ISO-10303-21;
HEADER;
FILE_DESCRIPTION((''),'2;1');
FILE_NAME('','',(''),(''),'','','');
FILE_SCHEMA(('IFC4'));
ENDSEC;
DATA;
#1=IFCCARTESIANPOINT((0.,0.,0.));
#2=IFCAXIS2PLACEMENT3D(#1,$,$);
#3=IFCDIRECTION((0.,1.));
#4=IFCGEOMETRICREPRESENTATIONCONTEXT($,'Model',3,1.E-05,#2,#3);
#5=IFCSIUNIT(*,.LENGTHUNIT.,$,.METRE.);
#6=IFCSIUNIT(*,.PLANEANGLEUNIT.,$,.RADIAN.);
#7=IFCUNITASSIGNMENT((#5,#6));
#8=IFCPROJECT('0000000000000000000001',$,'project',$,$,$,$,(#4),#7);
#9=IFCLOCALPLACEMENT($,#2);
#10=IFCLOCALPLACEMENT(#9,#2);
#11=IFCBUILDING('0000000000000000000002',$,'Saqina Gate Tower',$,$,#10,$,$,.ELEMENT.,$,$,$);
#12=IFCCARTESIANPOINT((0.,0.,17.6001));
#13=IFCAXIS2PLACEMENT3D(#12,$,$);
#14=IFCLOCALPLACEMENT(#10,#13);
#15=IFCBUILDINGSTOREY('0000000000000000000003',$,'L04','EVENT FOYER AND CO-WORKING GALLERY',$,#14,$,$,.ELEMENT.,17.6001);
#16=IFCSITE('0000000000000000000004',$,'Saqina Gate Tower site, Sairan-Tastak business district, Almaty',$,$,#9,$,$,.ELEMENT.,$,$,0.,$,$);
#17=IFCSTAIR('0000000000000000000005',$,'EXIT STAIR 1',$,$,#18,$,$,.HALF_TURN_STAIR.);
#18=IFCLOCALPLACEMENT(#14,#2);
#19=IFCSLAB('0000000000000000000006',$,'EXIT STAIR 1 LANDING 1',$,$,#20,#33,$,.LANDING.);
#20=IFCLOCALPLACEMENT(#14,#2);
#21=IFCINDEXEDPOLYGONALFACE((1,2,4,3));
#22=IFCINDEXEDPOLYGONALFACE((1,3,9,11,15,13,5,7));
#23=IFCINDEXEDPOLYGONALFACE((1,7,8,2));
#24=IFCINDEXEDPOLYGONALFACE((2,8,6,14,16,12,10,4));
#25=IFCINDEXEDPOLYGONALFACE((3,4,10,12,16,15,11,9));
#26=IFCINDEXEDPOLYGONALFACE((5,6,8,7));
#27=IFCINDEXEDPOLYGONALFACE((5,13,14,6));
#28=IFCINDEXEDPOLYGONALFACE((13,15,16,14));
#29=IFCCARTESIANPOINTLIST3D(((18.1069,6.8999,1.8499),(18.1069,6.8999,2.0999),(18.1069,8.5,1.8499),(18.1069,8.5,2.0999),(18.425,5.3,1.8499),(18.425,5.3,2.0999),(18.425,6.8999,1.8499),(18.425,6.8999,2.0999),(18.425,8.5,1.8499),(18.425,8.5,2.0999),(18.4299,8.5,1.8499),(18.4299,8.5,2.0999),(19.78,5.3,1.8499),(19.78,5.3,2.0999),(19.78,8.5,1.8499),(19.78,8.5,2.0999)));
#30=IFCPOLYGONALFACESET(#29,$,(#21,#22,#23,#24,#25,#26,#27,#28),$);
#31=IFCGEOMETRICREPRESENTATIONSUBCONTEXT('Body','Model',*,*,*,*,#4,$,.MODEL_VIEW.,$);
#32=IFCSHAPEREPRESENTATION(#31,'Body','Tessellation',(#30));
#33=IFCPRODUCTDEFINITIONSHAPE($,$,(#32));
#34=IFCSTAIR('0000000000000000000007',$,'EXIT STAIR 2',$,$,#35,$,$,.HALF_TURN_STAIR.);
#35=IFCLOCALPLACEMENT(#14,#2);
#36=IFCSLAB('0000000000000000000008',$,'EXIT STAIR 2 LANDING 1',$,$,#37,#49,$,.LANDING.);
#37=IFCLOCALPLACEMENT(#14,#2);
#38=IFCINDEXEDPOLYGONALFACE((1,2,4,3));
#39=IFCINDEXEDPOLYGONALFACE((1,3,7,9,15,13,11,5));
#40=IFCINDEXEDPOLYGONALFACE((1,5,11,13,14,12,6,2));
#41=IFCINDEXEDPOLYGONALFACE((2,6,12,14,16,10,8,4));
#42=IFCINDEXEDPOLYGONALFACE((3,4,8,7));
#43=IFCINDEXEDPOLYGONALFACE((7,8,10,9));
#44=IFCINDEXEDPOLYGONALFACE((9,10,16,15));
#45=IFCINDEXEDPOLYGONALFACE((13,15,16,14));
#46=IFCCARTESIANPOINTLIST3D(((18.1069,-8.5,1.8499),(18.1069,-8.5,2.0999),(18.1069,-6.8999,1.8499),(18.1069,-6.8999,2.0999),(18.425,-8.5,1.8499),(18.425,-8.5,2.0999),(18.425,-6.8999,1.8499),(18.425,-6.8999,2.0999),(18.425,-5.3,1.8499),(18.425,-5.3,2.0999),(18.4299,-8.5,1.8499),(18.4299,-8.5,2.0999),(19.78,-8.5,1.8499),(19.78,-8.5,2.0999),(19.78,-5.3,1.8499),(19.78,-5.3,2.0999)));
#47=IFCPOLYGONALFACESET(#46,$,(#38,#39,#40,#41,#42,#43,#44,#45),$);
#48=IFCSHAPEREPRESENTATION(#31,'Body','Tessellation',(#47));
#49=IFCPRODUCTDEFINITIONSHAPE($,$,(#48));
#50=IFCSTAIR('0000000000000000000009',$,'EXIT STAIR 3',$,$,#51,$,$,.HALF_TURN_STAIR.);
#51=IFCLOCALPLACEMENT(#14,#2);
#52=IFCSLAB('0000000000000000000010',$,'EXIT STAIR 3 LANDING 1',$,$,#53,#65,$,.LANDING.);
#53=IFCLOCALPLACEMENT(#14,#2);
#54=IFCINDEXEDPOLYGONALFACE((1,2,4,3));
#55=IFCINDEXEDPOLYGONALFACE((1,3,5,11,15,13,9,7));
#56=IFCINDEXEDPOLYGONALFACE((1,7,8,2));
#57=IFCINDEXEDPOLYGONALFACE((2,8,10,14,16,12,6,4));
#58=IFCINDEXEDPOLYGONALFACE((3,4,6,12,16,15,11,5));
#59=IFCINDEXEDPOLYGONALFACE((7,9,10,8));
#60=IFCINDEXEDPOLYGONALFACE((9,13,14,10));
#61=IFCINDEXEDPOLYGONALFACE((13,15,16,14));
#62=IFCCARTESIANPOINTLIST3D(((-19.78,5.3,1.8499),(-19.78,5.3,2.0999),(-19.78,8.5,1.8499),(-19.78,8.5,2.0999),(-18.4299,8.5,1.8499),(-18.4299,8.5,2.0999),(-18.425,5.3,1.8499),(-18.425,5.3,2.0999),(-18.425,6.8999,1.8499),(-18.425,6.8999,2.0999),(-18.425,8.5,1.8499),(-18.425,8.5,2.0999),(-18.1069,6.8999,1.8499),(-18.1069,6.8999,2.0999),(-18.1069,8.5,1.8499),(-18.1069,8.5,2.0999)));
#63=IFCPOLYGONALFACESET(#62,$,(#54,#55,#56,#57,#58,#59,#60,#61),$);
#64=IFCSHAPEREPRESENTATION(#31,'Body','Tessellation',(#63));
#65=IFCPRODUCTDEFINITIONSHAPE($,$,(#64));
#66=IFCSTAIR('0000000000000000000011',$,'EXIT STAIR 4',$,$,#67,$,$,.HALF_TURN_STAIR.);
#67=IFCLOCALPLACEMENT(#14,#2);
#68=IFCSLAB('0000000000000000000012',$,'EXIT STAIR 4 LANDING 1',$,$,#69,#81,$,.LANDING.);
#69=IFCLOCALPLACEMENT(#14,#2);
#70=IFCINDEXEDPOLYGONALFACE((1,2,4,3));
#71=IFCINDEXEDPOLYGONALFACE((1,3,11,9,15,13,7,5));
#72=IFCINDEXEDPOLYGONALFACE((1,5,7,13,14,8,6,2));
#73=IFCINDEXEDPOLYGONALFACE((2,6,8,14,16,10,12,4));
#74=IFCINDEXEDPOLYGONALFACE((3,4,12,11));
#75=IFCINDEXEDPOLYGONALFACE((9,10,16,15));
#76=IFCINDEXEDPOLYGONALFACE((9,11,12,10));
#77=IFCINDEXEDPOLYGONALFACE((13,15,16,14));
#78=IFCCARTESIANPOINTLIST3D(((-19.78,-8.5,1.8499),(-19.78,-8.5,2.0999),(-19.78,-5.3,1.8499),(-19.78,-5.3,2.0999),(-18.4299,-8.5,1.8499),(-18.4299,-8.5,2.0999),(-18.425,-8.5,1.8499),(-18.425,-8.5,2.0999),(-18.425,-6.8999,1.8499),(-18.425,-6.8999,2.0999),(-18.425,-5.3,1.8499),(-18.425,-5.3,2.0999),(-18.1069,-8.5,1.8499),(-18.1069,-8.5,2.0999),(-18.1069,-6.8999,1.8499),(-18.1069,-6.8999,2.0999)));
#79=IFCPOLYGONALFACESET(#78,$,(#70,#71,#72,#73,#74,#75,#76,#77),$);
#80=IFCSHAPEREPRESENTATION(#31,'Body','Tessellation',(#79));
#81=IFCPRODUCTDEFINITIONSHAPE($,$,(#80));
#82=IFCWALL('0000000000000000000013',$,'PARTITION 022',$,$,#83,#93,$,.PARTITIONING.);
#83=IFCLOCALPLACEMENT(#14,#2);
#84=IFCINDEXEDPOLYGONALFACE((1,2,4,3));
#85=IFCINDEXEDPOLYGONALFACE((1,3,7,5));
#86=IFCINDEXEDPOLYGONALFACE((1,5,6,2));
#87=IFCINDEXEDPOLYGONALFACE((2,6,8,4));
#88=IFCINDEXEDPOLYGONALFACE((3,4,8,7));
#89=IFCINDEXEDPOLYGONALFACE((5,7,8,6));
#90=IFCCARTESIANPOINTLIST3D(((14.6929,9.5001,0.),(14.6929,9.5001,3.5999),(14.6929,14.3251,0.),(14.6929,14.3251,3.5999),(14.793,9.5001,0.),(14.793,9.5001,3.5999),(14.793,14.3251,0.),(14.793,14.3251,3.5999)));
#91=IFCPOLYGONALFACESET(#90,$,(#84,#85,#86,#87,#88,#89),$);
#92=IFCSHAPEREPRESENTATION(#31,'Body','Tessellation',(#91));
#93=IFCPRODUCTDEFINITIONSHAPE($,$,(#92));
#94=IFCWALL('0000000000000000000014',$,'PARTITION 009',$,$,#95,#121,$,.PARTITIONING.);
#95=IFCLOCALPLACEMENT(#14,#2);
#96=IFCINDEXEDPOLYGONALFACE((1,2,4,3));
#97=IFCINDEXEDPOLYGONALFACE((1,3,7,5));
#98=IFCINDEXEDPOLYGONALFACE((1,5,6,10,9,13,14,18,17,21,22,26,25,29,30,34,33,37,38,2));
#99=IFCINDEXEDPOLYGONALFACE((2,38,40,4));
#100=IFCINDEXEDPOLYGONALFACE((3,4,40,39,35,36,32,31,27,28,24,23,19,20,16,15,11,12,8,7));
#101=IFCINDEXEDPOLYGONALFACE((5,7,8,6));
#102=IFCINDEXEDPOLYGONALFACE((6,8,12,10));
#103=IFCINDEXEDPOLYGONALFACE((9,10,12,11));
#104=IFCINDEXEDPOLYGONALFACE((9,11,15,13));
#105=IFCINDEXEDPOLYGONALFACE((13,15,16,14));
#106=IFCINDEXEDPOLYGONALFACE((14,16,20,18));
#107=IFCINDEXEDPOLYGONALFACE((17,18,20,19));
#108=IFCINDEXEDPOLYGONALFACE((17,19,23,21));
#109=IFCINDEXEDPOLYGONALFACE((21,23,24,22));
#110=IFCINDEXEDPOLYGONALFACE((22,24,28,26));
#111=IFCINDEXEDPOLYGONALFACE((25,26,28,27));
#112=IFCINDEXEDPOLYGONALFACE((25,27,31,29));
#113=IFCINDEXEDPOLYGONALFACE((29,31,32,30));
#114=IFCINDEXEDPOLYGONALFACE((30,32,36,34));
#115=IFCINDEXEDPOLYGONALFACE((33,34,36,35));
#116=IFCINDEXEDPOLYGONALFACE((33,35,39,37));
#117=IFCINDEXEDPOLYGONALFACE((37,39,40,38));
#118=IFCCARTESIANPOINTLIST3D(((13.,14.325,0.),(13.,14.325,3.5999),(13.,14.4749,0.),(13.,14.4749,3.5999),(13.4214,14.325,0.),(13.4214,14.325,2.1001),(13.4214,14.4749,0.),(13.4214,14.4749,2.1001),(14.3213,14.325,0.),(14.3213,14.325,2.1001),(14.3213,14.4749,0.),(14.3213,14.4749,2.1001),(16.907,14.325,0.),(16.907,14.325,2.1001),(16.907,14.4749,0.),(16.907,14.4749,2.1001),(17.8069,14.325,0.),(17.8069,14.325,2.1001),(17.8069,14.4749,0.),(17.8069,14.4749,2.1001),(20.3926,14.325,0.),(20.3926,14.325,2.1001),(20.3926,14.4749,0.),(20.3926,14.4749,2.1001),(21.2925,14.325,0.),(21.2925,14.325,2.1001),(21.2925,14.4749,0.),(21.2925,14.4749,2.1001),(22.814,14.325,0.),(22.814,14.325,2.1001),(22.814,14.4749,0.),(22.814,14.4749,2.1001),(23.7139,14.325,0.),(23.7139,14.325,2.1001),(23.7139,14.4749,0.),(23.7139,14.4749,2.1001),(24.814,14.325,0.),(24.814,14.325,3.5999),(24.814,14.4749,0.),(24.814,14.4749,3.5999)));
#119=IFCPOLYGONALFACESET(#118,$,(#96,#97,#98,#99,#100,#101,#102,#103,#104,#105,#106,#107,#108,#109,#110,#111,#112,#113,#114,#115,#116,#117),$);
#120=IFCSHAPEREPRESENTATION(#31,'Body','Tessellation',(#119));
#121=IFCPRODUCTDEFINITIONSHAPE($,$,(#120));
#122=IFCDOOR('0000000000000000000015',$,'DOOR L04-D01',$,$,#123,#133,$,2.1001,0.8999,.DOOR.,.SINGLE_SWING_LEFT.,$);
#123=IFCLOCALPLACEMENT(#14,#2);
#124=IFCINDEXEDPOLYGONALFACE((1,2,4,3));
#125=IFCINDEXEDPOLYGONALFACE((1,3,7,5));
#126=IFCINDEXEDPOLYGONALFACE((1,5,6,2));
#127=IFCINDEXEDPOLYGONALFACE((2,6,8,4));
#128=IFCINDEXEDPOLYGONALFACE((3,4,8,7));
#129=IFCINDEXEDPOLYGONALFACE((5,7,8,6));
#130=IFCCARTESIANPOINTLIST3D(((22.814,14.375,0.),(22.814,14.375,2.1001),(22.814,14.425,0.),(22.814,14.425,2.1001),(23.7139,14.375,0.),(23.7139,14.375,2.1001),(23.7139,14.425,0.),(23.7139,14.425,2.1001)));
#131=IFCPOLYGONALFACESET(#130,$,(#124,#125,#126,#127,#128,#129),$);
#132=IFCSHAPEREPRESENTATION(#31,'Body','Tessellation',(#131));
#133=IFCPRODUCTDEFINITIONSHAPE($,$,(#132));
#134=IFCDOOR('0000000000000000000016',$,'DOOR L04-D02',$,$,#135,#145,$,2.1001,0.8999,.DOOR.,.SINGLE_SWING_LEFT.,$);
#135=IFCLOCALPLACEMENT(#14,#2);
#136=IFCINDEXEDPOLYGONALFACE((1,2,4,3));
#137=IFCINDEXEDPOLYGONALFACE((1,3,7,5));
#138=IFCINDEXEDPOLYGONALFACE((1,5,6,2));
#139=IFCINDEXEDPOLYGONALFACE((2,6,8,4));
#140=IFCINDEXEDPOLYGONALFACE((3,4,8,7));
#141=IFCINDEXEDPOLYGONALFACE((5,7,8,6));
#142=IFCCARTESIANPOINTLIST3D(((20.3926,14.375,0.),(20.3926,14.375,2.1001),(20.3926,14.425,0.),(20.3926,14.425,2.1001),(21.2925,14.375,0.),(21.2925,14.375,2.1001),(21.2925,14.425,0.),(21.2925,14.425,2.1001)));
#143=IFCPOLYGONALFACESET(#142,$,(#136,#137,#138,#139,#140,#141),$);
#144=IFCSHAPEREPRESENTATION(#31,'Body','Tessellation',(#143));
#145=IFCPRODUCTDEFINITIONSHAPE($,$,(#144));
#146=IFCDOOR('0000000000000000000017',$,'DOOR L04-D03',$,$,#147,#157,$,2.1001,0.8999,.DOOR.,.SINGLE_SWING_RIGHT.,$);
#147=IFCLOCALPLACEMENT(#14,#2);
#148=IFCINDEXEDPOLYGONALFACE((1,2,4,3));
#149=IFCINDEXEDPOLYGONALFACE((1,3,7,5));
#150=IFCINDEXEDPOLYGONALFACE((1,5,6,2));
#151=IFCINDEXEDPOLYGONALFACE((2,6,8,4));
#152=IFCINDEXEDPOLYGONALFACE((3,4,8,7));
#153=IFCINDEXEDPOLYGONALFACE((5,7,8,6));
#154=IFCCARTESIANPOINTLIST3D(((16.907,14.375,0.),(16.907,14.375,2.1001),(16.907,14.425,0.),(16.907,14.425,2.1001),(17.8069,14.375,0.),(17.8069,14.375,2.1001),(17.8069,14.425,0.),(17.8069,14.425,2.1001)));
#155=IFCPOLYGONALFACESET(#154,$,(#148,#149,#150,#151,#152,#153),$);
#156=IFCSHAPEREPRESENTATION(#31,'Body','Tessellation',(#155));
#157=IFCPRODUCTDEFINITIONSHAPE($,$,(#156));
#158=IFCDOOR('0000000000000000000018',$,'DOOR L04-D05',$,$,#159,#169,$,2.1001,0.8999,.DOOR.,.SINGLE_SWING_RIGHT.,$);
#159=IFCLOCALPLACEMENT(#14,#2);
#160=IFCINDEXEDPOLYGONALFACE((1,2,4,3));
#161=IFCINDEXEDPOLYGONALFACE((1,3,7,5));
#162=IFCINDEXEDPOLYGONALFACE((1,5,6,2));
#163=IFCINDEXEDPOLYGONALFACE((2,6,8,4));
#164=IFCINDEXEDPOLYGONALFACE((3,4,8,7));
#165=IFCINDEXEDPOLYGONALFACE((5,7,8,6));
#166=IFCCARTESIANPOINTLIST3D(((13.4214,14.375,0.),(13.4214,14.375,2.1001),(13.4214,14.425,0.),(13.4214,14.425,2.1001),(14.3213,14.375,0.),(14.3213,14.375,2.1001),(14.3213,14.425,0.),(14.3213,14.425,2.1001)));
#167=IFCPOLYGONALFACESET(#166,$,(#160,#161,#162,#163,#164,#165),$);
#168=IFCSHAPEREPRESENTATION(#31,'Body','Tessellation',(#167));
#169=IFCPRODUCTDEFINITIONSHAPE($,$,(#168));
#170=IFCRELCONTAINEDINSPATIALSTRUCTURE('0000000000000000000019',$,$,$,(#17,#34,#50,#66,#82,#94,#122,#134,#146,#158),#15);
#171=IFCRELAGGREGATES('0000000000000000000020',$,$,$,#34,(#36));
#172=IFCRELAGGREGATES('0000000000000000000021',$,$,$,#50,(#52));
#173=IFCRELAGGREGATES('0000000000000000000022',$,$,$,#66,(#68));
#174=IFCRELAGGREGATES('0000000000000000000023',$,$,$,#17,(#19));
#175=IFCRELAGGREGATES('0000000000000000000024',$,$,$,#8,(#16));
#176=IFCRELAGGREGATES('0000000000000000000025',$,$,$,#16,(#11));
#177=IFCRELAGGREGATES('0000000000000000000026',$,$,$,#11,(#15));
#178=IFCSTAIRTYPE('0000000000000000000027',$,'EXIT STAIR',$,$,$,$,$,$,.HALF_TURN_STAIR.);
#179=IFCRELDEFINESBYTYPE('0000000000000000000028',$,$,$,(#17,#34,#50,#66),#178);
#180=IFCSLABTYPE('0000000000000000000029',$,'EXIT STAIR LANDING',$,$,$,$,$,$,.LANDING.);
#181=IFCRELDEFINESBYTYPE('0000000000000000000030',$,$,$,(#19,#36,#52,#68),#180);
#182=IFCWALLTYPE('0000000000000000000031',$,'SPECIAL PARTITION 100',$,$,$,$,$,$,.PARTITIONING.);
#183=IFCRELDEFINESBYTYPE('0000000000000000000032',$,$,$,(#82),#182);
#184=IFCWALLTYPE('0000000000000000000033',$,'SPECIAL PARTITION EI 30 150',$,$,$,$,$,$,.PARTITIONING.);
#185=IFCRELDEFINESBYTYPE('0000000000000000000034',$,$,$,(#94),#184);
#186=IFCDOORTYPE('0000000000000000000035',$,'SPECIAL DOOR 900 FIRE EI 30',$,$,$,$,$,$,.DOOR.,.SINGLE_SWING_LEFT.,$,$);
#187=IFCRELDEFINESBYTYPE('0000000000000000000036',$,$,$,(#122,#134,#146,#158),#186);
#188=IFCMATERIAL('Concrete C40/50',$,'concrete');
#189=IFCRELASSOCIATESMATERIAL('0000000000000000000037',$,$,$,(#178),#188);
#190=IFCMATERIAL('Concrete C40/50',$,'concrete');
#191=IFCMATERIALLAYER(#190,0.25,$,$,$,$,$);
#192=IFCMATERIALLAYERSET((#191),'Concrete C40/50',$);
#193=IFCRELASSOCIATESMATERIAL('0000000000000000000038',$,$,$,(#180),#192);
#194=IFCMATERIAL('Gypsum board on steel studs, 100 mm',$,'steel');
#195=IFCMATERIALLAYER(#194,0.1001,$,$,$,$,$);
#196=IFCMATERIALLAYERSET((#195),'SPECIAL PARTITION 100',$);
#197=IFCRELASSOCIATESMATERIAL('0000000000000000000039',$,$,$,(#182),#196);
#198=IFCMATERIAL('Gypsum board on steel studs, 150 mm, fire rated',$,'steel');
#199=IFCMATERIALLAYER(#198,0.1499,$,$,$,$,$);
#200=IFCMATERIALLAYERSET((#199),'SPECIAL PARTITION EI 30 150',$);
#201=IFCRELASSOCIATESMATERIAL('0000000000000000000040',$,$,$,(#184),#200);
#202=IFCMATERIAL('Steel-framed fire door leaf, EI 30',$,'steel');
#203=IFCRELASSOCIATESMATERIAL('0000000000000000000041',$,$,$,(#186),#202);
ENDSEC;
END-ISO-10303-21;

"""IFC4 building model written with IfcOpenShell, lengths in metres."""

from ifc_helpers import new_model, si_unit, direction, frame, frame_2d, origin, place, context, subcontext, project, spatial, polyline, rectangle, outline, extrude, material, layer, layer_set, type_object, element, fill, aggregate, save


model = new_model("IFC4")

# Units and contexts
model_context = context("Model", 3, precision=1e-05, world=origin(), true_north=direction((0.0, 1.0)))
body_context = subcontext(model_context, "Body", "Model", "MODEL_VIEW")
ifc_project = project(units=[si_unit("LENGTHUNIT", "METRE"), si_unit("PLANEANGLEUNIT", "RADIAN")], contexts=[model_context])

# Site, building, storey
site_placement = place(None, origin())
site = spatial("IfcSite", under=ifc_project, at=site_placement, Name="Saqina Gate Tower site, Sairan-Tastak business district, Almaty", CompositionType="ELEMENT", RefElevation=0.0)
building_placement = place(site_placement, origin())
building = spatial("IfcBuilding", under=site, at=building_placement, Name="Saqina Gate Tower", CompositionType="ELEMENT")
storey_placement = place(building_placement, frame((0.0, 0.0, 17.6001)))
storey = spatial("IfcBuildingStorey", under=building, at=storey_placement, Name="L04", Description="EVENT FOYER AND CO-WORKING GALLERY", CompositionType="ELEMENT", Elevation=17.6001)

# Stairs, slabs
ifc_material_1 = material(Name="Concrete C40/50", Category="concrete")
stair_type = type_object("IfcStairType", Name="EXIT STAIR", PredefinedType="HALF_TURN_STAIR", material=ifc_material_1)
stair_1_placement = place(storey_placement, origin())
stair_1 = element("IfcStair", 1, at=stair_1_placement, inside=storey, type_object=stair_type, Name="EXIT STAIR 1", PredefinedType="HALF_TURN_STAIR")
ifc_material_2 = material(Name="Concrete C40/50", Category="concrete")
ifc_layer_1 = layer(ifc_material_2, 0.25)
ifc_layer_set_1 = layer_set([ifc_layer_1], Name="Concrete C40/50")
slab_type = type_object("IfcSlabType", Name="EXIT STAIR LANDING", PredefinedType="LANDING", material=ifc_layer_set_1)
slab_1_placement = place(storey_placement, frame((0.0, 0.0, 1.8499)))
slab_1 = element("IfcSlab", 2, at=slab_1_placement, type_object=slab_type, Name="EXIT STAIR 1 LANDING 1", PredefinedType="LANDING", context=body_context, shape_type="SweptSolid", body=[
    extrude(outline(polyline([(19.78, 8.5), (19.78, 5.3), (18.425, 5.3), (18.425, 6.8999), (18.1069, 6.8999), (18.1069, 8.5), (18.425, 8.5), (18.4299, 8.5), (19.78, 8.5)])), origin(), (0.0, 0.0, 1.0), 0.25),
])
stair_2_placement = place(storey_placement, origin())
stair_2 = element("IfcStair", 3, at=stair_2_placement, inside=storey, type_object=stair_type, Name="EXIT STAIR 2", PredefinedType="HALF_TURN_STAIR")
slab_2_placement = place(storey_placement, frame((0.0, 0.0, 1.8499)))
slab_2 = element("IfcSlab", 4, at=slab_2_placement, type_object=slab_type, Name="EXIT STAIR 2 LANDING 1", PredefinedType="LANDING", context=body_context, shape_type="SweptSolid", body=[
    extrude(outline(polyline([(18.1069, -8.5), (18.1069, -6.8999), (18.425, -6.8999), (18.425, -5.3), (19.78, -5.3), (19.78, -8.5), (18.4299, -8.5), (18.425, -8.5), (18.1069, -8.5)])), origin(), (0.0, 0.0, 1.0), 0.25),
])
aggregate(stair_2, [slab_2])
stair_3_placement = place(storey_placement, origin())
stair_3 = element("IfcStair", 5, at=stair_3_placement, inside=storey, type_object=stair_type, Name="EXIT STAIR 3", PredefinedType="HALF_TURN_STAIR")
slab_3_placement = place(storey_placement, frame((0.0, 0.0, 1.8499)))
slab_3 = element("IfcSlab", 6, at=slab_3_placement, type_object=slab_type, Name="EXIT STAIR 3 LANDING 1", PredefinedType="LANDING", context=body_context, shape_type="SweptSolid", body=[
    extrude(outline(polyline([(-18.425, 5.3), (-19.78, 5.3), (-19.78, 8.5), (-18.4299, 8.5), (-18.425, 8.5), (-18.1069, 8.5), (-18.1069, 6.8999), (-18.425, 6.8999), (-18.425, 5.3)])), origin(), (0.0, 0.0, 1.0), 0.25),
])
aggregate(stair_3, [slab_3])
stair_4_placement = place(storey_placement, origin())
stair_4 = element("IfcStair", 7, at=stair_4_placement, inside=storey, type_object=stair_type, Name="EXIT STAIR 4", PredefinedType="HALF_TURN_STAIR")
slab_4_placement = place(storey_placement, frame((0.0, 0.0, 1.8499)))
slab_4 = element("IfcSlab", 8, at=slab_4_placement, type_object=slab_type, Name="EXIT STAIR 4 LANDING 1", PredefinedType="LANDING", context=body_context, shape_type="SweptSolid", body=[
    extrude(outline(polyline([(-18.1069, -6.8999), (-18.1069, -8.5), (-18.425, -8.5), (-18.4299, -8.5), (-19.78, -8.5), (-19.78, -5.3), (-18.425, -5.3), (-18.425, -6.8999), (-18.1069, -6.8999)])), origin(), (0.0, 0.0, 1.0), 0.25),
])
aggregate(stair_4, [slab_4])

# Wall
ifc_material_3 = material(Name="Gypsum board on steel studs, 100 mm", Category="steel")
ifc_layer_2 = layer(ifc_material_3, 0.1001)
ifc_layer_set_2 = layer_set([ifc_layer_2], Name="SPECIAL PARTITION 100")
wall_type_1 = type_object("IfcWallType", Name="SPECIAL PARTITION 100", PredefinedType="PARTITIONING", material=ifc_layer_set_2)
wall_1_placement = place(storey_placement, frame((14.7429, 9.5, 0.0), z_axis=(0.0, 0.0, 1.0), x_axis=(0.0, 1.0, 0.0)))
element("IfcWall", 9, at=wall_1_placement, inside=storey, type_object=wall_type_1, Name="PARTITION 022", PredefinedType="PARTITIONING", context=body_context, shape_type="SweptSolid", body=[
    extrude(rectangle(XDim=4.825, YDim=0.1001, at=frame_2d((2.4126, 0.0))), origin(), (0.0, 0.0, 1.0), 3.5999),
])

# Wall, openings, doors
ifc_material_4 = material(Name="Gypsum board on steel studs, 150 mm, fire rated", Category="steel")
ifc_layer_3 = layer(ifc_material_4, 0.1499)
ifc_layer_set_3 = layer_set([ifc_layer_3], Name="SPECIAL PARTITION EI 30 150")
wall_type_2 = type_object("IfcWallType", Name="SPECIAL PARTITION EI 30 150", PredefinedType="PARTITIONING", material=ifc_layer_set_3)
wall_2_placement = place(storey_placement, frame((13.0, 14.3999, 0.0), z_axis=(0.0, 0.0, 1.0), x_axis=(1.0, 0.0, 0.0)))
wall_2 = element("IfcWall", 10, at=wall_2_placement, inside=storey, type_object=wall_type_2, Name="PARTITION 009", PredefinedType="PARTITIONING", context=body_context, shape_type="SweptSolid", body=[
    extrude(rectangle(XDim=11.814, YDim=0.1499, at=frame_2d((5.907, 0.0))), origin(), (0.0, 0.0, 1.0), 3.5999),
])
opening_1_placement = place(wall_2_placement, frame((9.814, 0.0, 0.0)))
opening_1 = element("IfcOpeningElement", 11, at=opening_1_placement, cuts=wall_2, PredefinedType="OPENING", context=body_context, shape_type="SweptSolid", body=[
    extrude(rectangle(XDim=0.8999, YDim=2.1001, at=frame_2d((0.45, 1.05))), frame((0.0, 0.0869, 0.0), z_axis=(0.0, -1.0, 0.0), x_axis=(1.0, 0.0, 0.0)), (0.0, 0.0, 1.0), 0.1738),
])
opening_2_placement = place(wall_2_placement, frame((7.3926, 0.0, 0.0)))
opening_2 = element("IfcOpeningElement", 12, at=opening_2_placement, cuts=wall_2, PredefinedType="OPENING", context=body_context, shape_type="SweptSolid", body=[
    extrude(rectangle(XDim=0.8999, YDim=2.1001, at=frame_2d((0.45, 1.05))), frame((0.0, 0.0869, 0.0), z_axis=(0.0, -1.0, 0.0), x_axis=(1.0, 0.0, 0.0)), (0.0, 0.0, 1.0), 0.1738),
])
opening_3_placement = place(wall_2_placement, frame((3.907, 0.0, 0.0)))
opening_3 = element("IfcOpeningElement", 13, at=opening_3_placement, cuts=wall_2, PredefinedType="OPENING", context=body_context, shape_type="SweptSolid", body=[
    extrude(rectangle(XDim=0.8999, YDim=2.1001, at=frame_2d((0.45, 1.05))), frame((0.0, 0.0869, 0.0), z_axis=(0.0, -1.0, 0.0), x_axis=(1.0, 0.0, 0.0)), (0.0, 0.0, 1.0), 0.1738),
])
opening_4_placement = place(wall_2_placement, frame((0.4214, 0.0, 0.0)))
opening_4 = element("IfcOpeningElement", 14, at=opening_4_placement, cuts=wall_2, PredefinedType="OPENING", context=body_context, shape_type="SweptSolid", body=[
    extrude(rectangle(XDim=0.8999, YDim=2.1001, at=frame_2d((0.45, 1.05))), frame((0.0, 0.0869, 0.0), z_axis=(0.0, -1.0, 0.0), x_axis=(1.0, 0.0, 0.0)), (0.0, 0.0, 1.0), 0.1738),
])
ifc_material_5 = material(Name="Steel-framed fire door leaf, EI 30", Category="steel")
door_type_1 = type_object("IfcDoorType", Name="SPECIAL DOOR 900 FIRE EI 30", OperationType="SINGLE_SWING_LEFT", PredefinedType="DOOR", material=ifc_material_5)
door_1_placement = place(opening_1_placement, frame((0.8999, 0.0, 0.0), z_axis=(0.0, 0.0, 1.0), x_axis=(-1.0, 0.0, 0.0)))
door_1 = element("IfcDoor", 15, at=door_1_placement, inside=storey, type_object=door_type_1, Name="DOOR L04-D01", OperationType="SINGLE_SWING_LEFT", OverallHeight=2.1001, OverallWidth=0.8999, PredefinedType="DOOR", context=body_context, shape_type="SweptSolid", body=[
    extrude(rectangle(XDim=0.8999, YDim=2.1001, at=frame_2d((0.45, 1.05))), frame((0.0, 0.0249, 0.0), z_axis=(0.0, -1.0, 0.0), x_axis=(1.0, 0.0, 0.0)), (0.0, 0.0, 1.0), 0.05),
])
fill(opening_1, door_1)
door_2_placement = place(opening_2_placement, frame((0.8999, 0.0, 0.0), z_axis=(0.0, 0.0, 1.0), x_axis=(-1.0, 0.0, 0.0)))
door_2 = element("IfcDoor", 16, at=door_2_placement, inside=storey, type_object=door_type_1, Name="DOOR L04-D02", OperationType="SINGLE_SWING_LEFT", OverallHeight=2.1001, OverallWidth=0.8999, PredefinedType="DOOR", context=body_context, shape_type="SweptSolid", body=[
    extrude(rectangle(XDim=0.8999, YDim=2.1001, at=frame_2d((0.45, 1.05))), frame((0.0, 0.0249, 0.0), z_axis=(0.0, -1.0, 0.0), x_axis=(1.0, 0.0, 0.0)), (0.0, 0.0, 1.0), 0.05),
])
fill(opening_2, door_2)
door_3_placement = place(opening_3_placement, frame((0.8999, 0.0, 0.0), z_axis=(0.0, 0.0, 1.0), x_axis=(-1.0, 0.0, 0.0)))
door_3 = element("IfcDoor", 17, at=door_3_placement, inside=storey, type_object=door_type_1, Name="DOOR L04-D03", OperationType="SINGLE_SWING_RIGHT", OverallHeight=2.1001, OverallWidth=0.8999, PredefinedType="DOOR", context=body_context, shape_type="SweptSolid", body=[
    extrude(rectangle(XDim=0.8999, YDim=2.1001, at=frame_2d((0.45, 1.05))), frame((0.0, 0.0249, 0.0), z_axis=(0.0, -1.0, 0.0), x_axis=(1.0, 0.0, 0.0)), (0.0, 0.0, 1.0), 0.05),
])
fill(opening_3, door_3)
door_4_placement = place(opening_4_placement, frame((0.8999, 0.0, 0.0), z_axis=(0.0, 0.0, 1.0), x_axis=(-1.0, 0.0, 0.0)))
door_4 = element("IfcDoor", 18, at=door_4_placement, inside=storey, type_object=door_type_1, Name="DOOR L04-D05", OperationType="SINGLE_SWING_RIGHT", OverallHeight=2.1001, OverallWidth=0.8999, PredefinedType="DOOR", context=body_context, shape_type="SweptSolid", body=[
    extrude(rectangle(XDim=0.8999, YDim=2.1001, at=frame_2d((0.45, 1.05))), frame((0.0, 0.0249, 0.0), z_axis=(0.0, -1.0, 0.0), x_axis=(1.0, 0.0, 0.0)), (0.0, 0.0, 1.0), 0.05),
])
fill(opening_4, door_4)

aggregate(stair_1, [slab_1])

save(model, "model.ifc")
